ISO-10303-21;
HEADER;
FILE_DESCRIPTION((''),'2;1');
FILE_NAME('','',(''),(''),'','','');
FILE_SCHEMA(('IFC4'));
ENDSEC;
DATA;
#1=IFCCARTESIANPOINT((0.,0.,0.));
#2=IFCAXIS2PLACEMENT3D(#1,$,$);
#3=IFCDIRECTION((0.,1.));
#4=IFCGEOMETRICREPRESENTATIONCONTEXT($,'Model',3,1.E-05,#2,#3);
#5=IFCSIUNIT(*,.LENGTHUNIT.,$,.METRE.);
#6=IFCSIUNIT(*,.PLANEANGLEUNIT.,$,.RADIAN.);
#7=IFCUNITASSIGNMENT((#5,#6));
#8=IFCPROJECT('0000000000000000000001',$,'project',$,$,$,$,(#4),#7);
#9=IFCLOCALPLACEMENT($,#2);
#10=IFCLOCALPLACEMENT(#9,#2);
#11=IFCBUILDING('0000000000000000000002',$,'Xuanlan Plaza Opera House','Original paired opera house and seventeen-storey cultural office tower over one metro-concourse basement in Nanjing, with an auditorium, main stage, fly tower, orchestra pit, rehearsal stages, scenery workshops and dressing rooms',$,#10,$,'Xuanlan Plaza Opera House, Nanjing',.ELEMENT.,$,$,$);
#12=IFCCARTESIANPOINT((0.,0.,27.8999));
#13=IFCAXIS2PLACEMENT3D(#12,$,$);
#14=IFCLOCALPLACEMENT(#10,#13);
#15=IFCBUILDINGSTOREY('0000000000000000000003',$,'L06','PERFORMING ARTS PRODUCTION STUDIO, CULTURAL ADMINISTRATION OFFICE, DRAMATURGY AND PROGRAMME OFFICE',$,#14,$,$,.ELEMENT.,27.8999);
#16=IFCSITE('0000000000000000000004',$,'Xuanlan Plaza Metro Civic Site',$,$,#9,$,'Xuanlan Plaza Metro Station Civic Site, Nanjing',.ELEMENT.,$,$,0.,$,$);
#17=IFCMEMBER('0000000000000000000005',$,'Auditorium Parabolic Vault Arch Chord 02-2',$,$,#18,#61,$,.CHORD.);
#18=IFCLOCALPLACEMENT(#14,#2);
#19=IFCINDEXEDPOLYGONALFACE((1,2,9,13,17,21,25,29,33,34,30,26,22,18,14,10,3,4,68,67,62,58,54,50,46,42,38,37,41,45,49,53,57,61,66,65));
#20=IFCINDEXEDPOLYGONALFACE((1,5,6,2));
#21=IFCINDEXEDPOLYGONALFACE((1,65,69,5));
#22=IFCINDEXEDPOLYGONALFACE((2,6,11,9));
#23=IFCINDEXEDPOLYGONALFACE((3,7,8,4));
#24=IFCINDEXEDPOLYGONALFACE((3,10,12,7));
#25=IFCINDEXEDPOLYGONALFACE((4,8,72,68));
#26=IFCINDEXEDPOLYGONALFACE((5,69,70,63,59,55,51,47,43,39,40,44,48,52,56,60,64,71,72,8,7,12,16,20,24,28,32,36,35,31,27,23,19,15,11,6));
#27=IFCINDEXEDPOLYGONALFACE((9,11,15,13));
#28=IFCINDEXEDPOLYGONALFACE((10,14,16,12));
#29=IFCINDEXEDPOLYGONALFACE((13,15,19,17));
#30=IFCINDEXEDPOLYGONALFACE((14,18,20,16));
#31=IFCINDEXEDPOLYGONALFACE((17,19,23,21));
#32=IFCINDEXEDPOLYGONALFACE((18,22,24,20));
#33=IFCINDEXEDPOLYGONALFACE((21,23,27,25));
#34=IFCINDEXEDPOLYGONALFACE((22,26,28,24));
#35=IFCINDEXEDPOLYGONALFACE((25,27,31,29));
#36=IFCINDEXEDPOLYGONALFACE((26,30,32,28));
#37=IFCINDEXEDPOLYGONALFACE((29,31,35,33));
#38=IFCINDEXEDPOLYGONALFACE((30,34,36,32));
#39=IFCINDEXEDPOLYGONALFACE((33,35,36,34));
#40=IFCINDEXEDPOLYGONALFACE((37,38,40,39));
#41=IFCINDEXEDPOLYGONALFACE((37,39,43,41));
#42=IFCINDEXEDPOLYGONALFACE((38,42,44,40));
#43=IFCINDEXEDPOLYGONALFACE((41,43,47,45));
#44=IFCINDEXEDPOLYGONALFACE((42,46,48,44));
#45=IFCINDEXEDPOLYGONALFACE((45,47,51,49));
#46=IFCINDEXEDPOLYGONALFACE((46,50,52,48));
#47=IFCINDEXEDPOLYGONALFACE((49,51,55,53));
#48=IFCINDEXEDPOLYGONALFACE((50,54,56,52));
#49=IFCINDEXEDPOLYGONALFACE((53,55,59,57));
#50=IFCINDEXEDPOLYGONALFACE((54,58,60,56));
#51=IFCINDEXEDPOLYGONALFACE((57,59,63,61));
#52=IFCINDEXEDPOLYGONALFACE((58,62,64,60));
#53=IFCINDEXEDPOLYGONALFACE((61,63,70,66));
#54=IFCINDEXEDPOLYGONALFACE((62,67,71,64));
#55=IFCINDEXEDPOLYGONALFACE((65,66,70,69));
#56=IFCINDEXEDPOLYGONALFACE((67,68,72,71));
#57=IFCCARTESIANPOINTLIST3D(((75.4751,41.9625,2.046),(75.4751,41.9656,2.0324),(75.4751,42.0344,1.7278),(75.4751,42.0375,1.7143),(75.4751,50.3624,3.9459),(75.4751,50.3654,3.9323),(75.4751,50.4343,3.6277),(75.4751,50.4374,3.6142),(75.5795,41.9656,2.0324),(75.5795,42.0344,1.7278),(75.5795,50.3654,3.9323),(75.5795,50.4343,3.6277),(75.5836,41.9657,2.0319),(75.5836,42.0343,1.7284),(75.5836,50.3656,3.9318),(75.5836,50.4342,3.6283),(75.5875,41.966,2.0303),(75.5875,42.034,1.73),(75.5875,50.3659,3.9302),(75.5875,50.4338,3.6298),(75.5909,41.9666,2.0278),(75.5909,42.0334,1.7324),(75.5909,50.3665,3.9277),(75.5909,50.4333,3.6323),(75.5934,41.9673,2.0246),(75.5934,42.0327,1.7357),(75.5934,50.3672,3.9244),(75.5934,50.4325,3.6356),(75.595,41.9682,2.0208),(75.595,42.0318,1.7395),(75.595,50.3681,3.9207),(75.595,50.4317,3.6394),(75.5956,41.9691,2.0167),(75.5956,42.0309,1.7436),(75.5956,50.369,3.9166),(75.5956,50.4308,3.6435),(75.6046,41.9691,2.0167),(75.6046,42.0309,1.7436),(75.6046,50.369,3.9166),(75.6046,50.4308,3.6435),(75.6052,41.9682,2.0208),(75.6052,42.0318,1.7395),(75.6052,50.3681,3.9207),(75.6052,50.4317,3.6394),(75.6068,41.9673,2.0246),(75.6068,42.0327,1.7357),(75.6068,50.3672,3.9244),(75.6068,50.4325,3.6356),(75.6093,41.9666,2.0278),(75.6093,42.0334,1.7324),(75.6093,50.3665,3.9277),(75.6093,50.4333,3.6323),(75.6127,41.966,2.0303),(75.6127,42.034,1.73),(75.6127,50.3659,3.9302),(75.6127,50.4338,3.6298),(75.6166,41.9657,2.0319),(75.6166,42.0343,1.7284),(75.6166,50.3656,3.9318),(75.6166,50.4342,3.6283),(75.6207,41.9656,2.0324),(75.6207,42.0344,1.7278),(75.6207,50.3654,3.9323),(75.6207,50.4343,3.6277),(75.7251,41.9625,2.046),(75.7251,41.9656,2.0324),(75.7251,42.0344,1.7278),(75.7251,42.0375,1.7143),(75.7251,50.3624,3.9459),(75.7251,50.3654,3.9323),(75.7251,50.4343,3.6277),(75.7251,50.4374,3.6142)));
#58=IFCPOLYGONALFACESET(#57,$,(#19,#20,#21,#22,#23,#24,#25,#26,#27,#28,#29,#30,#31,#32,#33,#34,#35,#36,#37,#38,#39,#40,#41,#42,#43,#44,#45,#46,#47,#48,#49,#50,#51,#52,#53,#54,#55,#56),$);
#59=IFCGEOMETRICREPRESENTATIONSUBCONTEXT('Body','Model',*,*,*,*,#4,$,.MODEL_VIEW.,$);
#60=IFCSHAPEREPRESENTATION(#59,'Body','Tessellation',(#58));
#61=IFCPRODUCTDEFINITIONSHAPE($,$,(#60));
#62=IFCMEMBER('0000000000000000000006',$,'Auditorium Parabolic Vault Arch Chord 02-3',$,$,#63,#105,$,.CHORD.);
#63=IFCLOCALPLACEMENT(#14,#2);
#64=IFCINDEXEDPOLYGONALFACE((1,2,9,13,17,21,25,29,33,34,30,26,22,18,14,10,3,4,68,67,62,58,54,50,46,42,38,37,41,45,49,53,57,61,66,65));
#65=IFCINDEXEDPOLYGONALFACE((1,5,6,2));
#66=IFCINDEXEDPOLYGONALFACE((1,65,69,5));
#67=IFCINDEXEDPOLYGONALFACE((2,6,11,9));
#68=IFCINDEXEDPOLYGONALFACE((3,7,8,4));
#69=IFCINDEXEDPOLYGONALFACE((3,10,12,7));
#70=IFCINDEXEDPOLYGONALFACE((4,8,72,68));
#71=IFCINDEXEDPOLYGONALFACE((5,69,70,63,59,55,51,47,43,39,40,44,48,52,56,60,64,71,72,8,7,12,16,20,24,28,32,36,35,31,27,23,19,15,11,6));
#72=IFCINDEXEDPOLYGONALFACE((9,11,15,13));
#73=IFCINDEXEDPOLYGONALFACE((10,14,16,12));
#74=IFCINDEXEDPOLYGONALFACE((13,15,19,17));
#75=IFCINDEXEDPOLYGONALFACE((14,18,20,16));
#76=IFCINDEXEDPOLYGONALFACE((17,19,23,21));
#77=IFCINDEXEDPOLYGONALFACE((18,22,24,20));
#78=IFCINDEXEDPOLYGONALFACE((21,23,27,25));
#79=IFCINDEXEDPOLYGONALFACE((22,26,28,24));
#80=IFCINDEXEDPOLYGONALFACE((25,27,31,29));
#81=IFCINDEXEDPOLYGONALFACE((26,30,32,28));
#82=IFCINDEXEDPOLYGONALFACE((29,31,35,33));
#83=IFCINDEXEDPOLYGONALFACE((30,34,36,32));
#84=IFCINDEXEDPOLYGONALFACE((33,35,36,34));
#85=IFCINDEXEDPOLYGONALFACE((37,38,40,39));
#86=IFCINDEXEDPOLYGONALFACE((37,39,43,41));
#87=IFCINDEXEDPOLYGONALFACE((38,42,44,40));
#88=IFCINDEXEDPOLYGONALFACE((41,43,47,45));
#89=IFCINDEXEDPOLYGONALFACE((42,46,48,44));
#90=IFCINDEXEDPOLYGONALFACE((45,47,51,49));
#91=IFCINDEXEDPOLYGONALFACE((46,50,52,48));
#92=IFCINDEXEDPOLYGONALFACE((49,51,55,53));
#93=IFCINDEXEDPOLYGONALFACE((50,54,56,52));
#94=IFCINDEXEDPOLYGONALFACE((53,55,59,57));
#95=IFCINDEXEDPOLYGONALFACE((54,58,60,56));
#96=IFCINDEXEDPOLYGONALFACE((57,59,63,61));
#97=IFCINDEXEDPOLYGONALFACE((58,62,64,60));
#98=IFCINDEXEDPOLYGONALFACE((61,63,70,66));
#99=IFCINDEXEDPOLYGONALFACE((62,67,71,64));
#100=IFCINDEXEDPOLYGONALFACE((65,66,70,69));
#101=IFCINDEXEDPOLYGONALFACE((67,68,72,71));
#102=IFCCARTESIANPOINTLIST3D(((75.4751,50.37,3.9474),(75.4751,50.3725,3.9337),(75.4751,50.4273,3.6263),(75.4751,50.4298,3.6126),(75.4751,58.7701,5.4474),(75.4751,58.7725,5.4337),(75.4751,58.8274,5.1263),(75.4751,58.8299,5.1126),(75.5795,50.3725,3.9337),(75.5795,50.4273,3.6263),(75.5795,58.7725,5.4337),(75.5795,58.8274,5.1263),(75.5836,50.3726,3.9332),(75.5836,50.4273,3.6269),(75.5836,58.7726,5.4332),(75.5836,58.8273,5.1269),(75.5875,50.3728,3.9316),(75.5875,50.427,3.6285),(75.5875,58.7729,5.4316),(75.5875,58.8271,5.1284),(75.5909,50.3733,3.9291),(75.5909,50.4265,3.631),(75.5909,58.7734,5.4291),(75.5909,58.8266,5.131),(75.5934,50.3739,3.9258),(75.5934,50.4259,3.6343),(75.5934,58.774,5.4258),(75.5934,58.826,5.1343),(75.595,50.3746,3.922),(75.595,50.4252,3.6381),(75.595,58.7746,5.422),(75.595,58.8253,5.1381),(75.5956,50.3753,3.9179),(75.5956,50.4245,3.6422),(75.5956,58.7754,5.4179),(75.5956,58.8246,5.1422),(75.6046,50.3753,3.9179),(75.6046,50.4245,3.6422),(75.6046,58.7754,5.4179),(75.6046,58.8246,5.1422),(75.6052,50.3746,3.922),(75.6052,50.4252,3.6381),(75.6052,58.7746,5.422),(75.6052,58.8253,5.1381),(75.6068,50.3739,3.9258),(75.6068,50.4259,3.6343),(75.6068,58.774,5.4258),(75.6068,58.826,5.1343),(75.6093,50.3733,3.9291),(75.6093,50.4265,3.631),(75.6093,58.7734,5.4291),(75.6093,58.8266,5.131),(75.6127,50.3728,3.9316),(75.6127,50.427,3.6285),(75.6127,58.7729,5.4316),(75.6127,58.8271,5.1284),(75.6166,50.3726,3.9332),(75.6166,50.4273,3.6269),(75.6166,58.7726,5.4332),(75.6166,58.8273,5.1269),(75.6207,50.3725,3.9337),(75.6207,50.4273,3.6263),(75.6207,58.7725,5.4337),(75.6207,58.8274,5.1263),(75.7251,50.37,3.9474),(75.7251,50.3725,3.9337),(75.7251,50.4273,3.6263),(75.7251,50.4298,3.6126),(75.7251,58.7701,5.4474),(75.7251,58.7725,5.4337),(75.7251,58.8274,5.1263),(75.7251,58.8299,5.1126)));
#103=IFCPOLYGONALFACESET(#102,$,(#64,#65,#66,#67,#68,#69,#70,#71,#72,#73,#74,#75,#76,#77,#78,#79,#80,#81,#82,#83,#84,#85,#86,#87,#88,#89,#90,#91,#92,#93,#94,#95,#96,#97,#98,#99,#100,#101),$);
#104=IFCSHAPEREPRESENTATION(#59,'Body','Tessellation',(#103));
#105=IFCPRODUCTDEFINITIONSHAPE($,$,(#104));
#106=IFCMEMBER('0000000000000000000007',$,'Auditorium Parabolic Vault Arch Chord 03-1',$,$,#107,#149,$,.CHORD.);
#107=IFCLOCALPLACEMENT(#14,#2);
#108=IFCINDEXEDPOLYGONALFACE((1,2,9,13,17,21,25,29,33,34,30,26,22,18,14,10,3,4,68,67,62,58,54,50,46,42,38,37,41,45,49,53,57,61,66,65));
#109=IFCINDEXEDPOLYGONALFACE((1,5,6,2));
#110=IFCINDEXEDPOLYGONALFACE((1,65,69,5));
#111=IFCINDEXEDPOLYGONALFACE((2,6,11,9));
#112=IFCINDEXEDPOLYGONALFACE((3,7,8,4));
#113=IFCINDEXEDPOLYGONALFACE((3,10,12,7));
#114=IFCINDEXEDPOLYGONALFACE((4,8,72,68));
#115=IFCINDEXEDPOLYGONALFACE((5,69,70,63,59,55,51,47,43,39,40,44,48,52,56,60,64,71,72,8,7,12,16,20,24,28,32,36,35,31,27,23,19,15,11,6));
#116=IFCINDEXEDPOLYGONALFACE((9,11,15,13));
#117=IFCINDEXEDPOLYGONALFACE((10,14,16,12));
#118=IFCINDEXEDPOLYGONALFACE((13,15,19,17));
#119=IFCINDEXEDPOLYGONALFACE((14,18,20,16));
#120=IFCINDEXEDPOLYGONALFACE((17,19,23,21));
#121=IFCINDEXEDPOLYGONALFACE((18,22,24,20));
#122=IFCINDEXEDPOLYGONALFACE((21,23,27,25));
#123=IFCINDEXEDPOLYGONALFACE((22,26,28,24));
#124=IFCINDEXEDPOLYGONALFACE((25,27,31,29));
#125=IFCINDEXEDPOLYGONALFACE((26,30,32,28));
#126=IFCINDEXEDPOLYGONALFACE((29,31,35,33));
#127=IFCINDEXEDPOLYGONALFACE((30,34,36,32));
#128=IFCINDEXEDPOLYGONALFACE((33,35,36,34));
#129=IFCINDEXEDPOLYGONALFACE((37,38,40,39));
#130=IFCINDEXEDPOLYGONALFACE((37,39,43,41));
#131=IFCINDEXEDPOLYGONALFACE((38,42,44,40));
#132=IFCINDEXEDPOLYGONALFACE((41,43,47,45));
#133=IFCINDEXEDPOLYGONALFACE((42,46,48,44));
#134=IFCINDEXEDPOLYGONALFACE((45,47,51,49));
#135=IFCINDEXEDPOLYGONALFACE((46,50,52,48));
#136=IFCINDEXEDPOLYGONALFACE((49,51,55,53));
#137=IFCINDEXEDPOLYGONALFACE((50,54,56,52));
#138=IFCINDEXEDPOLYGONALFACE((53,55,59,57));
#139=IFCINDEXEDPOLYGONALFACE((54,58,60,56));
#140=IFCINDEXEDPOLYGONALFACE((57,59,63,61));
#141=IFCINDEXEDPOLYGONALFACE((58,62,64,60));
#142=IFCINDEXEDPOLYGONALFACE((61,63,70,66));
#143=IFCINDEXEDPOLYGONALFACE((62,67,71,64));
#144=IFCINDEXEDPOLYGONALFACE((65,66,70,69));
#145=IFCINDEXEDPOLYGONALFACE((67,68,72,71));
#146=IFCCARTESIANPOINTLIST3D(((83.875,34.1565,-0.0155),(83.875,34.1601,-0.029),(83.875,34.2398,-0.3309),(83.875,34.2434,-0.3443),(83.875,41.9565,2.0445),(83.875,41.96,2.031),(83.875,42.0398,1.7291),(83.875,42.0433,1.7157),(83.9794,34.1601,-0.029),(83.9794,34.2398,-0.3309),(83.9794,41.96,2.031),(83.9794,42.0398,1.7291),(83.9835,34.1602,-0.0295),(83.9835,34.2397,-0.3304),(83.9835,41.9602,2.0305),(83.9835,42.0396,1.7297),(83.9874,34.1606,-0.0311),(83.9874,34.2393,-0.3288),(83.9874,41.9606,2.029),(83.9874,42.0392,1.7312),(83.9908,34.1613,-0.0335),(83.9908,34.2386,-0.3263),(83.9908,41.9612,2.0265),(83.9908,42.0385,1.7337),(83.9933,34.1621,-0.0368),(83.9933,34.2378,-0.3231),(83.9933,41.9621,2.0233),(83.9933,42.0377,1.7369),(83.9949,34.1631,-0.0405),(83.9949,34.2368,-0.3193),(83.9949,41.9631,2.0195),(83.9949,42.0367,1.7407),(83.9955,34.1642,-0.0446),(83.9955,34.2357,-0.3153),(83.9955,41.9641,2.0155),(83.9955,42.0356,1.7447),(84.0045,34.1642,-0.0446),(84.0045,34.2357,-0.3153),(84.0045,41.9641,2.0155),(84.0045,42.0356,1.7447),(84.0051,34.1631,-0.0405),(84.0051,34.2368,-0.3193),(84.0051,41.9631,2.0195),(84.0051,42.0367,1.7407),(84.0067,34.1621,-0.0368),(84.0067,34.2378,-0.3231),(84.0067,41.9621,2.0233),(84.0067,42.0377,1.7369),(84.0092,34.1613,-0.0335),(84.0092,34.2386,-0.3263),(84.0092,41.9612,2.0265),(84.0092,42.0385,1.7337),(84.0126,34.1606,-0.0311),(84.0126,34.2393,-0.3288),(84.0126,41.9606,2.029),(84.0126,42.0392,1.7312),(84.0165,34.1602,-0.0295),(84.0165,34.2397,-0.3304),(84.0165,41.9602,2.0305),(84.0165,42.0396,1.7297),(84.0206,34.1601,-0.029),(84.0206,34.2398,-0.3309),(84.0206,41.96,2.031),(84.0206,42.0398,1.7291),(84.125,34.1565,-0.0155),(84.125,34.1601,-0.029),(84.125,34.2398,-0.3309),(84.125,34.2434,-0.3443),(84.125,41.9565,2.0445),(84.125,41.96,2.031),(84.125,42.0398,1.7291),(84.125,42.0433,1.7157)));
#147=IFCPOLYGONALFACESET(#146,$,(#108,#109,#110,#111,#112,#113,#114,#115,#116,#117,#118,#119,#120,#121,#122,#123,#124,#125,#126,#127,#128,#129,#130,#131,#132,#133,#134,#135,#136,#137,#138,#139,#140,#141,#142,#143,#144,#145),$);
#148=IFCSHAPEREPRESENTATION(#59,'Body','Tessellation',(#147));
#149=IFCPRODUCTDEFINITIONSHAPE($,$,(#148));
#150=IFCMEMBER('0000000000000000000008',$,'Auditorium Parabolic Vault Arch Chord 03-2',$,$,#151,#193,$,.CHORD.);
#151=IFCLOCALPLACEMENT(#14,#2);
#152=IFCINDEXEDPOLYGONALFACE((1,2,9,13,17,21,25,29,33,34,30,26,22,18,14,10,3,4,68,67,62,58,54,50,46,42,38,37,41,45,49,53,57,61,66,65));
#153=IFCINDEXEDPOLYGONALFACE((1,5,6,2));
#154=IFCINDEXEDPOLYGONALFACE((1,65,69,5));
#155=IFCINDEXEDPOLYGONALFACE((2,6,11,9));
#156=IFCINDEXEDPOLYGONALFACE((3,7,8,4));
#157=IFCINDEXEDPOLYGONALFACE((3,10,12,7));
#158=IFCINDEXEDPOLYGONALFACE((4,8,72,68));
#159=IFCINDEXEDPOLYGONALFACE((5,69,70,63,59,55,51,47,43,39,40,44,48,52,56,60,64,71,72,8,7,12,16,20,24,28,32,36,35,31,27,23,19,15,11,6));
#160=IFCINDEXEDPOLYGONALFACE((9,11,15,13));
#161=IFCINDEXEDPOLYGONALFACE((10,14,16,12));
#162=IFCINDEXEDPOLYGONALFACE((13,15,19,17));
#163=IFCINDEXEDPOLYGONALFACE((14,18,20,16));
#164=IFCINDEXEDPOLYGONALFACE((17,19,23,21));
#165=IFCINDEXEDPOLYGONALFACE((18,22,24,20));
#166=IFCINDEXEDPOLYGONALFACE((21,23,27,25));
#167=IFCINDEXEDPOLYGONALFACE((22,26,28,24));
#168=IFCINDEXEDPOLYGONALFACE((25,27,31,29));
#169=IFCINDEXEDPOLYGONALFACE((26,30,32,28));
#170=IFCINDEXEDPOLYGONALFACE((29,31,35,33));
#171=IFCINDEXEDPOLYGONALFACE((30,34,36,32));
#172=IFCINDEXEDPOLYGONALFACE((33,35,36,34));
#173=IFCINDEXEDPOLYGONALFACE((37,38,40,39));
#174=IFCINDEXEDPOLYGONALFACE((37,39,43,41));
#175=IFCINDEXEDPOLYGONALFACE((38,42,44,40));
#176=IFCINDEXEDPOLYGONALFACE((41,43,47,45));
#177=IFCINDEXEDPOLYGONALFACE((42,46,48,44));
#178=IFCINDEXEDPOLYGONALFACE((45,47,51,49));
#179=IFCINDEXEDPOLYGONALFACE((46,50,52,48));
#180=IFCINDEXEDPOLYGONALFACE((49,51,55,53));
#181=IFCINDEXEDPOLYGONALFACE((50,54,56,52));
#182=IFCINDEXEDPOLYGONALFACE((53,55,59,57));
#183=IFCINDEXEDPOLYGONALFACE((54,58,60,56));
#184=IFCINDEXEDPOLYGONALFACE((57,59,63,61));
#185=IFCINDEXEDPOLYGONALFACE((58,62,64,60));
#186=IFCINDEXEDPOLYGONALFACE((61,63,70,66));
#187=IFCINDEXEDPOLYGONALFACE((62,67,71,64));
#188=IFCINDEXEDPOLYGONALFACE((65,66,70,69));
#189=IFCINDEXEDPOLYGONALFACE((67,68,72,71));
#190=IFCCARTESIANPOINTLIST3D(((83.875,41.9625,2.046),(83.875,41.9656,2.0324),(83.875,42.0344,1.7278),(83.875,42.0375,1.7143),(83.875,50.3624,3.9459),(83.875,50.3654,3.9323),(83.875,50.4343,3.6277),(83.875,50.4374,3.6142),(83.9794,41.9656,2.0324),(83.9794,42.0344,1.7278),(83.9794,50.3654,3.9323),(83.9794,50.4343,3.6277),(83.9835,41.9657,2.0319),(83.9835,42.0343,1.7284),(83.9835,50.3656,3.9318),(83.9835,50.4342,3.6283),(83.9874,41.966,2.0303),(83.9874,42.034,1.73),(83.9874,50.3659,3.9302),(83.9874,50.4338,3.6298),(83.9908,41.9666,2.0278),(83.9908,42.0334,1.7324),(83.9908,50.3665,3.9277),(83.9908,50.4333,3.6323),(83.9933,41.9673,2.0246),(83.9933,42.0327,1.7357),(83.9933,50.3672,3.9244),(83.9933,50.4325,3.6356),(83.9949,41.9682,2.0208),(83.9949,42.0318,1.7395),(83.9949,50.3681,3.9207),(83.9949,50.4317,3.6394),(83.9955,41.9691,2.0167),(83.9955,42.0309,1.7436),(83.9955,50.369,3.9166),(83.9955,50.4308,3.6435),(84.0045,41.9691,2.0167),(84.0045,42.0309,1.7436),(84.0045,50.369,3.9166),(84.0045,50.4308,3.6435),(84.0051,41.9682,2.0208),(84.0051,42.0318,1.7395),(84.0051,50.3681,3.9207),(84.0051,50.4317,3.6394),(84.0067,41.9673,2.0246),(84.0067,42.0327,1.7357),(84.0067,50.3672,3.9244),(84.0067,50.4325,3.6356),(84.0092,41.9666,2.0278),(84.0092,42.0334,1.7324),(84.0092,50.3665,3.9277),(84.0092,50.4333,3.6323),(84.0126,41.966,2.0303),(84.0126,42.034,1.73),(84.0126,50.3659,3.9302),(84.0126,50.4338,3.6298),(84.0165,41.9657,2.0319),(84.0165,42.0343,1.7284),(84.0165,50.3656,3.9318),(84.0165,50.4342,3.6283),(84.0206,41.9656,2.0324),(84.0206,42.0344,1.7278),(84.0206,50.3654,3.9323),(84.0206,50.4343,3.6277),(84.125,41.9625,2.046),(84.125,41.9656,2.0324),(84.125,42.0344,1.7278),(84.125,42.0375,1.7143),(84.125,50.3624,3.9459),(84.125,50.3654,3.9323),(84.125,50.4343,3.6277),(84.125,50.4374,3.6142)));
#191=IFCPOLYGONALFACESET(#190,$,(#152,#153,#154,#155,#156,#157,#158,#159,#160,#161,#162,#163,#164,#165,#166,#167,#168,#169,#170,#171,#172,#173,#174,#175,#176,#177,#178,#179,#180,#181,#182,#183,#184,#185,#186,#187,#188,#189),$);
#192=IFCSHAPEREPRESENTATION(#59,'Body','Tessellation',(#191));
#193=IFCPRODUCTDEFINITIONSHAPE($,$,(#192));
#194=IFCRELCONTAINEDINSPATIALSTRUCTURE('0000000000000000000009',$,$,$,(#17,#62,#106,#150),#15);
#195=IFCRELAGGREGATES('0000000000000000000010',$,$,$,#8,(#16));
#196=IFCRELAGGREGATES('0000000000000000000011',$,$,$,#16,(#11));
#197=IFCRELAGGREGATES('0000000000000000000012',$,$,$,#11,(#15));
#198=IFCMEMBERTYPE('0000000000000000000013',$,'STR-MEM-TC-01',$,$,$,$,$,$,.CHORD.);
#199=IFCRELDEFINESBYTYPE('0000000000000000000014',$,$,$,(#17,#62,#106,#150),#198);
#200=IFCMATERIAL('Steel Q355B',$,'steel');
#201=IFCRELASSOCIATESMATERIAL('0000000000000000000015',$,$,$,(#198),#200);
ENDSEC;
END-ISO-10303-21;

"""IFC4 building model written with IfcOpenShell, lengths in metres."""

from ifc_helpers import new_model, si_unit, direction, frame, origin, origin_2d, place, context, subcontext, project, spatial, i_section, extrude, material, material_profile, profile_set, type_object, element, save


model = new_model("IFC4")

# Units and contexts
model_context = context("Model", 3, precision=1e-05, world=origin(), true_north=direction((0.0, 1.0)))
body_context = subcontext(model_context, "Body", "Model", "MODEL_VIEW")
ifc_project = project(units=[si_unit("LENGTHUNIT", "METRE"), si_unit("PLANEANGLEUNIT", "RADIAN")], contexts=[model_context])

# Site, building, storey
site_placement = place(None, origin())
site = spatial("IfcSite", under=ifc_project, at=site_placement, Name="Xuanlan Plaza Metro Civic Site", LongName="Xuanlan Plaza Metro Station Civic Site, Nanjing", CompositionType="ELEMENT", RefElevation=0.0)
building_placement = place(site_placement, origin())
building = spatial("IfcBuilding", under=site, at=building_placement, Name="Xuanlan Plaza Opera House", Description="Original paired opera house and seventeen-storey cultural office tower over one metro-concourse basement in Nanjing, with an auditorium, main stage, fly tower, orchestra pit, rehearsal stages, scenery workshops and dressing rooms", LongName="Xuanlan Plaza Opera House, Nanjing", CompositionType="ELEMENT")
storey_placement = place(building_placement, frame((0.0, 0.0, 27.8999)))
storey = spatial("IfcBuildingStorey", under=building, at=storey_placement, Name="L06", Description="PERFORMING ARTS PRODUCTION STUDIO, CULTURAL ADMINISTRATION OFFICE, DRAMATURGY AND PROGRAMME OFFICE", CompositionType="ELEMENT", Elevation=27.8999)

# Members
ifc_material_1 = material(Name="Steel Q355B", Category="steel")
ifc_material_profile_1 = material_profile(ifc_material_1, i_section(OverallWidth=0.25, OverallDepth=0.3401, WebThickness=0.009, FlangeThickness=0.0139, FilletRadius=0.0161, at=origin_2d()), Name="HM 340x250x9x14")
ifc_profile_set_1 = profile_set([ifc_material_profile_1], Name="Steel Q355B")
member_type_1 = type_object("IfcMemberType", Name="STR-MEM-TC-01", PredefinedType="CHORD", material=ifc_profile_set_1)
member_1_placement = place(storey_placement, frame((75.6001, 42.0, 1.8801), z_axis=(0.0, 0.975362, 0.220609), x_axis=(-1.0, 0.0, 0.0)))
element("IfcMember", 1, at=member_1_placement, inside=storey, type_object=member_type_1, Name="Auditorium Parabolic Vault Arch Chord 02-2", PredefinedType="CHORD", context=body_context, shape_type="SweptSolid", body=[
    extrude(i_section(OverallWidth=0.25, OverallDepth=0.3401, WebThickness=0.009, FlangeThickness=0.0139, FilletRadius=0.0161, at=origin_2d()), origin(), (0.0, 0.0, 1.0), 8.6121),
])
member_2_placement = place(storey_placement, frame((75.6001, 50.3999, 3.78), z_axis=(0.0, 0.984428, 0.175788), x_axis=(-1.0, 0.0, 0.0)))
element("IfcMember", 2, at=member_2_placement, inside=storey, type_object=member_type_1, Name="Auditorium Parabolic Vault Arch Chord 02-3", PredefinedType="CHORD", context=body_context, shape_type="SweptSolid", body=[
    extrude(i_section(OverallWidth=0.25, OverallDepth=0.3401, WebThickness=0.009, FlangeThickness=0.0139, FilletRadius=0.0161, at=origin_2d()), origin(), (0.0, 0.0, 1.0), 8.533),
])
member_3_placement = place(storey_placement, frame((84.0, 34.2, -0.1799), z_axis=(0.0, 0.966848, 0.255353), x_axis=(-1.0, 0.0, 0.0)))
element("IfcMember", 3, at=member_3_placement, inside=storey, type_object=member_type_1, Name="Auditorium Parabolic Vault Arch Chord 03-1", PredefinedType="CHORD", context=body_context, shape_type="SweptSolid", body=[
    extrude(i_section(OverallWidth=0.25, OverallDepth=0.3401, WebThickness=0.009, FlangeThickness=0.0139, FilletRadius=0.0161, at=origin_2d()), origin(), (0.0, 0.0, 1.0), 8.0674),
])
member_4_placement = place(storey_placement, frame((84.0, 42.0, 1.8801), z_axis=(0.0, 0.975362, 0.220609), x_axis=(-1.0, 0.0, 0.0)))
element("IfcMember", 4, at=member_4_placement, inside=storey, type_object=member_type_1, Name="Auditorium Parabolic Vault Arch Chord 03-2", PredefinedType="CHORD", context=body_context, shape_type="SweptSolid", body=[
    extrude(i_section(OverallWidth=0.25, OverallDepth=0.3401, WebThickness=0.009, FlangeThickness=0.0139, FilletRadius=0.0161, at=origin_2d()), origin(), (0.0, 0.0, 1.0), 8.6121),
])

save(model, "model.ifc")
